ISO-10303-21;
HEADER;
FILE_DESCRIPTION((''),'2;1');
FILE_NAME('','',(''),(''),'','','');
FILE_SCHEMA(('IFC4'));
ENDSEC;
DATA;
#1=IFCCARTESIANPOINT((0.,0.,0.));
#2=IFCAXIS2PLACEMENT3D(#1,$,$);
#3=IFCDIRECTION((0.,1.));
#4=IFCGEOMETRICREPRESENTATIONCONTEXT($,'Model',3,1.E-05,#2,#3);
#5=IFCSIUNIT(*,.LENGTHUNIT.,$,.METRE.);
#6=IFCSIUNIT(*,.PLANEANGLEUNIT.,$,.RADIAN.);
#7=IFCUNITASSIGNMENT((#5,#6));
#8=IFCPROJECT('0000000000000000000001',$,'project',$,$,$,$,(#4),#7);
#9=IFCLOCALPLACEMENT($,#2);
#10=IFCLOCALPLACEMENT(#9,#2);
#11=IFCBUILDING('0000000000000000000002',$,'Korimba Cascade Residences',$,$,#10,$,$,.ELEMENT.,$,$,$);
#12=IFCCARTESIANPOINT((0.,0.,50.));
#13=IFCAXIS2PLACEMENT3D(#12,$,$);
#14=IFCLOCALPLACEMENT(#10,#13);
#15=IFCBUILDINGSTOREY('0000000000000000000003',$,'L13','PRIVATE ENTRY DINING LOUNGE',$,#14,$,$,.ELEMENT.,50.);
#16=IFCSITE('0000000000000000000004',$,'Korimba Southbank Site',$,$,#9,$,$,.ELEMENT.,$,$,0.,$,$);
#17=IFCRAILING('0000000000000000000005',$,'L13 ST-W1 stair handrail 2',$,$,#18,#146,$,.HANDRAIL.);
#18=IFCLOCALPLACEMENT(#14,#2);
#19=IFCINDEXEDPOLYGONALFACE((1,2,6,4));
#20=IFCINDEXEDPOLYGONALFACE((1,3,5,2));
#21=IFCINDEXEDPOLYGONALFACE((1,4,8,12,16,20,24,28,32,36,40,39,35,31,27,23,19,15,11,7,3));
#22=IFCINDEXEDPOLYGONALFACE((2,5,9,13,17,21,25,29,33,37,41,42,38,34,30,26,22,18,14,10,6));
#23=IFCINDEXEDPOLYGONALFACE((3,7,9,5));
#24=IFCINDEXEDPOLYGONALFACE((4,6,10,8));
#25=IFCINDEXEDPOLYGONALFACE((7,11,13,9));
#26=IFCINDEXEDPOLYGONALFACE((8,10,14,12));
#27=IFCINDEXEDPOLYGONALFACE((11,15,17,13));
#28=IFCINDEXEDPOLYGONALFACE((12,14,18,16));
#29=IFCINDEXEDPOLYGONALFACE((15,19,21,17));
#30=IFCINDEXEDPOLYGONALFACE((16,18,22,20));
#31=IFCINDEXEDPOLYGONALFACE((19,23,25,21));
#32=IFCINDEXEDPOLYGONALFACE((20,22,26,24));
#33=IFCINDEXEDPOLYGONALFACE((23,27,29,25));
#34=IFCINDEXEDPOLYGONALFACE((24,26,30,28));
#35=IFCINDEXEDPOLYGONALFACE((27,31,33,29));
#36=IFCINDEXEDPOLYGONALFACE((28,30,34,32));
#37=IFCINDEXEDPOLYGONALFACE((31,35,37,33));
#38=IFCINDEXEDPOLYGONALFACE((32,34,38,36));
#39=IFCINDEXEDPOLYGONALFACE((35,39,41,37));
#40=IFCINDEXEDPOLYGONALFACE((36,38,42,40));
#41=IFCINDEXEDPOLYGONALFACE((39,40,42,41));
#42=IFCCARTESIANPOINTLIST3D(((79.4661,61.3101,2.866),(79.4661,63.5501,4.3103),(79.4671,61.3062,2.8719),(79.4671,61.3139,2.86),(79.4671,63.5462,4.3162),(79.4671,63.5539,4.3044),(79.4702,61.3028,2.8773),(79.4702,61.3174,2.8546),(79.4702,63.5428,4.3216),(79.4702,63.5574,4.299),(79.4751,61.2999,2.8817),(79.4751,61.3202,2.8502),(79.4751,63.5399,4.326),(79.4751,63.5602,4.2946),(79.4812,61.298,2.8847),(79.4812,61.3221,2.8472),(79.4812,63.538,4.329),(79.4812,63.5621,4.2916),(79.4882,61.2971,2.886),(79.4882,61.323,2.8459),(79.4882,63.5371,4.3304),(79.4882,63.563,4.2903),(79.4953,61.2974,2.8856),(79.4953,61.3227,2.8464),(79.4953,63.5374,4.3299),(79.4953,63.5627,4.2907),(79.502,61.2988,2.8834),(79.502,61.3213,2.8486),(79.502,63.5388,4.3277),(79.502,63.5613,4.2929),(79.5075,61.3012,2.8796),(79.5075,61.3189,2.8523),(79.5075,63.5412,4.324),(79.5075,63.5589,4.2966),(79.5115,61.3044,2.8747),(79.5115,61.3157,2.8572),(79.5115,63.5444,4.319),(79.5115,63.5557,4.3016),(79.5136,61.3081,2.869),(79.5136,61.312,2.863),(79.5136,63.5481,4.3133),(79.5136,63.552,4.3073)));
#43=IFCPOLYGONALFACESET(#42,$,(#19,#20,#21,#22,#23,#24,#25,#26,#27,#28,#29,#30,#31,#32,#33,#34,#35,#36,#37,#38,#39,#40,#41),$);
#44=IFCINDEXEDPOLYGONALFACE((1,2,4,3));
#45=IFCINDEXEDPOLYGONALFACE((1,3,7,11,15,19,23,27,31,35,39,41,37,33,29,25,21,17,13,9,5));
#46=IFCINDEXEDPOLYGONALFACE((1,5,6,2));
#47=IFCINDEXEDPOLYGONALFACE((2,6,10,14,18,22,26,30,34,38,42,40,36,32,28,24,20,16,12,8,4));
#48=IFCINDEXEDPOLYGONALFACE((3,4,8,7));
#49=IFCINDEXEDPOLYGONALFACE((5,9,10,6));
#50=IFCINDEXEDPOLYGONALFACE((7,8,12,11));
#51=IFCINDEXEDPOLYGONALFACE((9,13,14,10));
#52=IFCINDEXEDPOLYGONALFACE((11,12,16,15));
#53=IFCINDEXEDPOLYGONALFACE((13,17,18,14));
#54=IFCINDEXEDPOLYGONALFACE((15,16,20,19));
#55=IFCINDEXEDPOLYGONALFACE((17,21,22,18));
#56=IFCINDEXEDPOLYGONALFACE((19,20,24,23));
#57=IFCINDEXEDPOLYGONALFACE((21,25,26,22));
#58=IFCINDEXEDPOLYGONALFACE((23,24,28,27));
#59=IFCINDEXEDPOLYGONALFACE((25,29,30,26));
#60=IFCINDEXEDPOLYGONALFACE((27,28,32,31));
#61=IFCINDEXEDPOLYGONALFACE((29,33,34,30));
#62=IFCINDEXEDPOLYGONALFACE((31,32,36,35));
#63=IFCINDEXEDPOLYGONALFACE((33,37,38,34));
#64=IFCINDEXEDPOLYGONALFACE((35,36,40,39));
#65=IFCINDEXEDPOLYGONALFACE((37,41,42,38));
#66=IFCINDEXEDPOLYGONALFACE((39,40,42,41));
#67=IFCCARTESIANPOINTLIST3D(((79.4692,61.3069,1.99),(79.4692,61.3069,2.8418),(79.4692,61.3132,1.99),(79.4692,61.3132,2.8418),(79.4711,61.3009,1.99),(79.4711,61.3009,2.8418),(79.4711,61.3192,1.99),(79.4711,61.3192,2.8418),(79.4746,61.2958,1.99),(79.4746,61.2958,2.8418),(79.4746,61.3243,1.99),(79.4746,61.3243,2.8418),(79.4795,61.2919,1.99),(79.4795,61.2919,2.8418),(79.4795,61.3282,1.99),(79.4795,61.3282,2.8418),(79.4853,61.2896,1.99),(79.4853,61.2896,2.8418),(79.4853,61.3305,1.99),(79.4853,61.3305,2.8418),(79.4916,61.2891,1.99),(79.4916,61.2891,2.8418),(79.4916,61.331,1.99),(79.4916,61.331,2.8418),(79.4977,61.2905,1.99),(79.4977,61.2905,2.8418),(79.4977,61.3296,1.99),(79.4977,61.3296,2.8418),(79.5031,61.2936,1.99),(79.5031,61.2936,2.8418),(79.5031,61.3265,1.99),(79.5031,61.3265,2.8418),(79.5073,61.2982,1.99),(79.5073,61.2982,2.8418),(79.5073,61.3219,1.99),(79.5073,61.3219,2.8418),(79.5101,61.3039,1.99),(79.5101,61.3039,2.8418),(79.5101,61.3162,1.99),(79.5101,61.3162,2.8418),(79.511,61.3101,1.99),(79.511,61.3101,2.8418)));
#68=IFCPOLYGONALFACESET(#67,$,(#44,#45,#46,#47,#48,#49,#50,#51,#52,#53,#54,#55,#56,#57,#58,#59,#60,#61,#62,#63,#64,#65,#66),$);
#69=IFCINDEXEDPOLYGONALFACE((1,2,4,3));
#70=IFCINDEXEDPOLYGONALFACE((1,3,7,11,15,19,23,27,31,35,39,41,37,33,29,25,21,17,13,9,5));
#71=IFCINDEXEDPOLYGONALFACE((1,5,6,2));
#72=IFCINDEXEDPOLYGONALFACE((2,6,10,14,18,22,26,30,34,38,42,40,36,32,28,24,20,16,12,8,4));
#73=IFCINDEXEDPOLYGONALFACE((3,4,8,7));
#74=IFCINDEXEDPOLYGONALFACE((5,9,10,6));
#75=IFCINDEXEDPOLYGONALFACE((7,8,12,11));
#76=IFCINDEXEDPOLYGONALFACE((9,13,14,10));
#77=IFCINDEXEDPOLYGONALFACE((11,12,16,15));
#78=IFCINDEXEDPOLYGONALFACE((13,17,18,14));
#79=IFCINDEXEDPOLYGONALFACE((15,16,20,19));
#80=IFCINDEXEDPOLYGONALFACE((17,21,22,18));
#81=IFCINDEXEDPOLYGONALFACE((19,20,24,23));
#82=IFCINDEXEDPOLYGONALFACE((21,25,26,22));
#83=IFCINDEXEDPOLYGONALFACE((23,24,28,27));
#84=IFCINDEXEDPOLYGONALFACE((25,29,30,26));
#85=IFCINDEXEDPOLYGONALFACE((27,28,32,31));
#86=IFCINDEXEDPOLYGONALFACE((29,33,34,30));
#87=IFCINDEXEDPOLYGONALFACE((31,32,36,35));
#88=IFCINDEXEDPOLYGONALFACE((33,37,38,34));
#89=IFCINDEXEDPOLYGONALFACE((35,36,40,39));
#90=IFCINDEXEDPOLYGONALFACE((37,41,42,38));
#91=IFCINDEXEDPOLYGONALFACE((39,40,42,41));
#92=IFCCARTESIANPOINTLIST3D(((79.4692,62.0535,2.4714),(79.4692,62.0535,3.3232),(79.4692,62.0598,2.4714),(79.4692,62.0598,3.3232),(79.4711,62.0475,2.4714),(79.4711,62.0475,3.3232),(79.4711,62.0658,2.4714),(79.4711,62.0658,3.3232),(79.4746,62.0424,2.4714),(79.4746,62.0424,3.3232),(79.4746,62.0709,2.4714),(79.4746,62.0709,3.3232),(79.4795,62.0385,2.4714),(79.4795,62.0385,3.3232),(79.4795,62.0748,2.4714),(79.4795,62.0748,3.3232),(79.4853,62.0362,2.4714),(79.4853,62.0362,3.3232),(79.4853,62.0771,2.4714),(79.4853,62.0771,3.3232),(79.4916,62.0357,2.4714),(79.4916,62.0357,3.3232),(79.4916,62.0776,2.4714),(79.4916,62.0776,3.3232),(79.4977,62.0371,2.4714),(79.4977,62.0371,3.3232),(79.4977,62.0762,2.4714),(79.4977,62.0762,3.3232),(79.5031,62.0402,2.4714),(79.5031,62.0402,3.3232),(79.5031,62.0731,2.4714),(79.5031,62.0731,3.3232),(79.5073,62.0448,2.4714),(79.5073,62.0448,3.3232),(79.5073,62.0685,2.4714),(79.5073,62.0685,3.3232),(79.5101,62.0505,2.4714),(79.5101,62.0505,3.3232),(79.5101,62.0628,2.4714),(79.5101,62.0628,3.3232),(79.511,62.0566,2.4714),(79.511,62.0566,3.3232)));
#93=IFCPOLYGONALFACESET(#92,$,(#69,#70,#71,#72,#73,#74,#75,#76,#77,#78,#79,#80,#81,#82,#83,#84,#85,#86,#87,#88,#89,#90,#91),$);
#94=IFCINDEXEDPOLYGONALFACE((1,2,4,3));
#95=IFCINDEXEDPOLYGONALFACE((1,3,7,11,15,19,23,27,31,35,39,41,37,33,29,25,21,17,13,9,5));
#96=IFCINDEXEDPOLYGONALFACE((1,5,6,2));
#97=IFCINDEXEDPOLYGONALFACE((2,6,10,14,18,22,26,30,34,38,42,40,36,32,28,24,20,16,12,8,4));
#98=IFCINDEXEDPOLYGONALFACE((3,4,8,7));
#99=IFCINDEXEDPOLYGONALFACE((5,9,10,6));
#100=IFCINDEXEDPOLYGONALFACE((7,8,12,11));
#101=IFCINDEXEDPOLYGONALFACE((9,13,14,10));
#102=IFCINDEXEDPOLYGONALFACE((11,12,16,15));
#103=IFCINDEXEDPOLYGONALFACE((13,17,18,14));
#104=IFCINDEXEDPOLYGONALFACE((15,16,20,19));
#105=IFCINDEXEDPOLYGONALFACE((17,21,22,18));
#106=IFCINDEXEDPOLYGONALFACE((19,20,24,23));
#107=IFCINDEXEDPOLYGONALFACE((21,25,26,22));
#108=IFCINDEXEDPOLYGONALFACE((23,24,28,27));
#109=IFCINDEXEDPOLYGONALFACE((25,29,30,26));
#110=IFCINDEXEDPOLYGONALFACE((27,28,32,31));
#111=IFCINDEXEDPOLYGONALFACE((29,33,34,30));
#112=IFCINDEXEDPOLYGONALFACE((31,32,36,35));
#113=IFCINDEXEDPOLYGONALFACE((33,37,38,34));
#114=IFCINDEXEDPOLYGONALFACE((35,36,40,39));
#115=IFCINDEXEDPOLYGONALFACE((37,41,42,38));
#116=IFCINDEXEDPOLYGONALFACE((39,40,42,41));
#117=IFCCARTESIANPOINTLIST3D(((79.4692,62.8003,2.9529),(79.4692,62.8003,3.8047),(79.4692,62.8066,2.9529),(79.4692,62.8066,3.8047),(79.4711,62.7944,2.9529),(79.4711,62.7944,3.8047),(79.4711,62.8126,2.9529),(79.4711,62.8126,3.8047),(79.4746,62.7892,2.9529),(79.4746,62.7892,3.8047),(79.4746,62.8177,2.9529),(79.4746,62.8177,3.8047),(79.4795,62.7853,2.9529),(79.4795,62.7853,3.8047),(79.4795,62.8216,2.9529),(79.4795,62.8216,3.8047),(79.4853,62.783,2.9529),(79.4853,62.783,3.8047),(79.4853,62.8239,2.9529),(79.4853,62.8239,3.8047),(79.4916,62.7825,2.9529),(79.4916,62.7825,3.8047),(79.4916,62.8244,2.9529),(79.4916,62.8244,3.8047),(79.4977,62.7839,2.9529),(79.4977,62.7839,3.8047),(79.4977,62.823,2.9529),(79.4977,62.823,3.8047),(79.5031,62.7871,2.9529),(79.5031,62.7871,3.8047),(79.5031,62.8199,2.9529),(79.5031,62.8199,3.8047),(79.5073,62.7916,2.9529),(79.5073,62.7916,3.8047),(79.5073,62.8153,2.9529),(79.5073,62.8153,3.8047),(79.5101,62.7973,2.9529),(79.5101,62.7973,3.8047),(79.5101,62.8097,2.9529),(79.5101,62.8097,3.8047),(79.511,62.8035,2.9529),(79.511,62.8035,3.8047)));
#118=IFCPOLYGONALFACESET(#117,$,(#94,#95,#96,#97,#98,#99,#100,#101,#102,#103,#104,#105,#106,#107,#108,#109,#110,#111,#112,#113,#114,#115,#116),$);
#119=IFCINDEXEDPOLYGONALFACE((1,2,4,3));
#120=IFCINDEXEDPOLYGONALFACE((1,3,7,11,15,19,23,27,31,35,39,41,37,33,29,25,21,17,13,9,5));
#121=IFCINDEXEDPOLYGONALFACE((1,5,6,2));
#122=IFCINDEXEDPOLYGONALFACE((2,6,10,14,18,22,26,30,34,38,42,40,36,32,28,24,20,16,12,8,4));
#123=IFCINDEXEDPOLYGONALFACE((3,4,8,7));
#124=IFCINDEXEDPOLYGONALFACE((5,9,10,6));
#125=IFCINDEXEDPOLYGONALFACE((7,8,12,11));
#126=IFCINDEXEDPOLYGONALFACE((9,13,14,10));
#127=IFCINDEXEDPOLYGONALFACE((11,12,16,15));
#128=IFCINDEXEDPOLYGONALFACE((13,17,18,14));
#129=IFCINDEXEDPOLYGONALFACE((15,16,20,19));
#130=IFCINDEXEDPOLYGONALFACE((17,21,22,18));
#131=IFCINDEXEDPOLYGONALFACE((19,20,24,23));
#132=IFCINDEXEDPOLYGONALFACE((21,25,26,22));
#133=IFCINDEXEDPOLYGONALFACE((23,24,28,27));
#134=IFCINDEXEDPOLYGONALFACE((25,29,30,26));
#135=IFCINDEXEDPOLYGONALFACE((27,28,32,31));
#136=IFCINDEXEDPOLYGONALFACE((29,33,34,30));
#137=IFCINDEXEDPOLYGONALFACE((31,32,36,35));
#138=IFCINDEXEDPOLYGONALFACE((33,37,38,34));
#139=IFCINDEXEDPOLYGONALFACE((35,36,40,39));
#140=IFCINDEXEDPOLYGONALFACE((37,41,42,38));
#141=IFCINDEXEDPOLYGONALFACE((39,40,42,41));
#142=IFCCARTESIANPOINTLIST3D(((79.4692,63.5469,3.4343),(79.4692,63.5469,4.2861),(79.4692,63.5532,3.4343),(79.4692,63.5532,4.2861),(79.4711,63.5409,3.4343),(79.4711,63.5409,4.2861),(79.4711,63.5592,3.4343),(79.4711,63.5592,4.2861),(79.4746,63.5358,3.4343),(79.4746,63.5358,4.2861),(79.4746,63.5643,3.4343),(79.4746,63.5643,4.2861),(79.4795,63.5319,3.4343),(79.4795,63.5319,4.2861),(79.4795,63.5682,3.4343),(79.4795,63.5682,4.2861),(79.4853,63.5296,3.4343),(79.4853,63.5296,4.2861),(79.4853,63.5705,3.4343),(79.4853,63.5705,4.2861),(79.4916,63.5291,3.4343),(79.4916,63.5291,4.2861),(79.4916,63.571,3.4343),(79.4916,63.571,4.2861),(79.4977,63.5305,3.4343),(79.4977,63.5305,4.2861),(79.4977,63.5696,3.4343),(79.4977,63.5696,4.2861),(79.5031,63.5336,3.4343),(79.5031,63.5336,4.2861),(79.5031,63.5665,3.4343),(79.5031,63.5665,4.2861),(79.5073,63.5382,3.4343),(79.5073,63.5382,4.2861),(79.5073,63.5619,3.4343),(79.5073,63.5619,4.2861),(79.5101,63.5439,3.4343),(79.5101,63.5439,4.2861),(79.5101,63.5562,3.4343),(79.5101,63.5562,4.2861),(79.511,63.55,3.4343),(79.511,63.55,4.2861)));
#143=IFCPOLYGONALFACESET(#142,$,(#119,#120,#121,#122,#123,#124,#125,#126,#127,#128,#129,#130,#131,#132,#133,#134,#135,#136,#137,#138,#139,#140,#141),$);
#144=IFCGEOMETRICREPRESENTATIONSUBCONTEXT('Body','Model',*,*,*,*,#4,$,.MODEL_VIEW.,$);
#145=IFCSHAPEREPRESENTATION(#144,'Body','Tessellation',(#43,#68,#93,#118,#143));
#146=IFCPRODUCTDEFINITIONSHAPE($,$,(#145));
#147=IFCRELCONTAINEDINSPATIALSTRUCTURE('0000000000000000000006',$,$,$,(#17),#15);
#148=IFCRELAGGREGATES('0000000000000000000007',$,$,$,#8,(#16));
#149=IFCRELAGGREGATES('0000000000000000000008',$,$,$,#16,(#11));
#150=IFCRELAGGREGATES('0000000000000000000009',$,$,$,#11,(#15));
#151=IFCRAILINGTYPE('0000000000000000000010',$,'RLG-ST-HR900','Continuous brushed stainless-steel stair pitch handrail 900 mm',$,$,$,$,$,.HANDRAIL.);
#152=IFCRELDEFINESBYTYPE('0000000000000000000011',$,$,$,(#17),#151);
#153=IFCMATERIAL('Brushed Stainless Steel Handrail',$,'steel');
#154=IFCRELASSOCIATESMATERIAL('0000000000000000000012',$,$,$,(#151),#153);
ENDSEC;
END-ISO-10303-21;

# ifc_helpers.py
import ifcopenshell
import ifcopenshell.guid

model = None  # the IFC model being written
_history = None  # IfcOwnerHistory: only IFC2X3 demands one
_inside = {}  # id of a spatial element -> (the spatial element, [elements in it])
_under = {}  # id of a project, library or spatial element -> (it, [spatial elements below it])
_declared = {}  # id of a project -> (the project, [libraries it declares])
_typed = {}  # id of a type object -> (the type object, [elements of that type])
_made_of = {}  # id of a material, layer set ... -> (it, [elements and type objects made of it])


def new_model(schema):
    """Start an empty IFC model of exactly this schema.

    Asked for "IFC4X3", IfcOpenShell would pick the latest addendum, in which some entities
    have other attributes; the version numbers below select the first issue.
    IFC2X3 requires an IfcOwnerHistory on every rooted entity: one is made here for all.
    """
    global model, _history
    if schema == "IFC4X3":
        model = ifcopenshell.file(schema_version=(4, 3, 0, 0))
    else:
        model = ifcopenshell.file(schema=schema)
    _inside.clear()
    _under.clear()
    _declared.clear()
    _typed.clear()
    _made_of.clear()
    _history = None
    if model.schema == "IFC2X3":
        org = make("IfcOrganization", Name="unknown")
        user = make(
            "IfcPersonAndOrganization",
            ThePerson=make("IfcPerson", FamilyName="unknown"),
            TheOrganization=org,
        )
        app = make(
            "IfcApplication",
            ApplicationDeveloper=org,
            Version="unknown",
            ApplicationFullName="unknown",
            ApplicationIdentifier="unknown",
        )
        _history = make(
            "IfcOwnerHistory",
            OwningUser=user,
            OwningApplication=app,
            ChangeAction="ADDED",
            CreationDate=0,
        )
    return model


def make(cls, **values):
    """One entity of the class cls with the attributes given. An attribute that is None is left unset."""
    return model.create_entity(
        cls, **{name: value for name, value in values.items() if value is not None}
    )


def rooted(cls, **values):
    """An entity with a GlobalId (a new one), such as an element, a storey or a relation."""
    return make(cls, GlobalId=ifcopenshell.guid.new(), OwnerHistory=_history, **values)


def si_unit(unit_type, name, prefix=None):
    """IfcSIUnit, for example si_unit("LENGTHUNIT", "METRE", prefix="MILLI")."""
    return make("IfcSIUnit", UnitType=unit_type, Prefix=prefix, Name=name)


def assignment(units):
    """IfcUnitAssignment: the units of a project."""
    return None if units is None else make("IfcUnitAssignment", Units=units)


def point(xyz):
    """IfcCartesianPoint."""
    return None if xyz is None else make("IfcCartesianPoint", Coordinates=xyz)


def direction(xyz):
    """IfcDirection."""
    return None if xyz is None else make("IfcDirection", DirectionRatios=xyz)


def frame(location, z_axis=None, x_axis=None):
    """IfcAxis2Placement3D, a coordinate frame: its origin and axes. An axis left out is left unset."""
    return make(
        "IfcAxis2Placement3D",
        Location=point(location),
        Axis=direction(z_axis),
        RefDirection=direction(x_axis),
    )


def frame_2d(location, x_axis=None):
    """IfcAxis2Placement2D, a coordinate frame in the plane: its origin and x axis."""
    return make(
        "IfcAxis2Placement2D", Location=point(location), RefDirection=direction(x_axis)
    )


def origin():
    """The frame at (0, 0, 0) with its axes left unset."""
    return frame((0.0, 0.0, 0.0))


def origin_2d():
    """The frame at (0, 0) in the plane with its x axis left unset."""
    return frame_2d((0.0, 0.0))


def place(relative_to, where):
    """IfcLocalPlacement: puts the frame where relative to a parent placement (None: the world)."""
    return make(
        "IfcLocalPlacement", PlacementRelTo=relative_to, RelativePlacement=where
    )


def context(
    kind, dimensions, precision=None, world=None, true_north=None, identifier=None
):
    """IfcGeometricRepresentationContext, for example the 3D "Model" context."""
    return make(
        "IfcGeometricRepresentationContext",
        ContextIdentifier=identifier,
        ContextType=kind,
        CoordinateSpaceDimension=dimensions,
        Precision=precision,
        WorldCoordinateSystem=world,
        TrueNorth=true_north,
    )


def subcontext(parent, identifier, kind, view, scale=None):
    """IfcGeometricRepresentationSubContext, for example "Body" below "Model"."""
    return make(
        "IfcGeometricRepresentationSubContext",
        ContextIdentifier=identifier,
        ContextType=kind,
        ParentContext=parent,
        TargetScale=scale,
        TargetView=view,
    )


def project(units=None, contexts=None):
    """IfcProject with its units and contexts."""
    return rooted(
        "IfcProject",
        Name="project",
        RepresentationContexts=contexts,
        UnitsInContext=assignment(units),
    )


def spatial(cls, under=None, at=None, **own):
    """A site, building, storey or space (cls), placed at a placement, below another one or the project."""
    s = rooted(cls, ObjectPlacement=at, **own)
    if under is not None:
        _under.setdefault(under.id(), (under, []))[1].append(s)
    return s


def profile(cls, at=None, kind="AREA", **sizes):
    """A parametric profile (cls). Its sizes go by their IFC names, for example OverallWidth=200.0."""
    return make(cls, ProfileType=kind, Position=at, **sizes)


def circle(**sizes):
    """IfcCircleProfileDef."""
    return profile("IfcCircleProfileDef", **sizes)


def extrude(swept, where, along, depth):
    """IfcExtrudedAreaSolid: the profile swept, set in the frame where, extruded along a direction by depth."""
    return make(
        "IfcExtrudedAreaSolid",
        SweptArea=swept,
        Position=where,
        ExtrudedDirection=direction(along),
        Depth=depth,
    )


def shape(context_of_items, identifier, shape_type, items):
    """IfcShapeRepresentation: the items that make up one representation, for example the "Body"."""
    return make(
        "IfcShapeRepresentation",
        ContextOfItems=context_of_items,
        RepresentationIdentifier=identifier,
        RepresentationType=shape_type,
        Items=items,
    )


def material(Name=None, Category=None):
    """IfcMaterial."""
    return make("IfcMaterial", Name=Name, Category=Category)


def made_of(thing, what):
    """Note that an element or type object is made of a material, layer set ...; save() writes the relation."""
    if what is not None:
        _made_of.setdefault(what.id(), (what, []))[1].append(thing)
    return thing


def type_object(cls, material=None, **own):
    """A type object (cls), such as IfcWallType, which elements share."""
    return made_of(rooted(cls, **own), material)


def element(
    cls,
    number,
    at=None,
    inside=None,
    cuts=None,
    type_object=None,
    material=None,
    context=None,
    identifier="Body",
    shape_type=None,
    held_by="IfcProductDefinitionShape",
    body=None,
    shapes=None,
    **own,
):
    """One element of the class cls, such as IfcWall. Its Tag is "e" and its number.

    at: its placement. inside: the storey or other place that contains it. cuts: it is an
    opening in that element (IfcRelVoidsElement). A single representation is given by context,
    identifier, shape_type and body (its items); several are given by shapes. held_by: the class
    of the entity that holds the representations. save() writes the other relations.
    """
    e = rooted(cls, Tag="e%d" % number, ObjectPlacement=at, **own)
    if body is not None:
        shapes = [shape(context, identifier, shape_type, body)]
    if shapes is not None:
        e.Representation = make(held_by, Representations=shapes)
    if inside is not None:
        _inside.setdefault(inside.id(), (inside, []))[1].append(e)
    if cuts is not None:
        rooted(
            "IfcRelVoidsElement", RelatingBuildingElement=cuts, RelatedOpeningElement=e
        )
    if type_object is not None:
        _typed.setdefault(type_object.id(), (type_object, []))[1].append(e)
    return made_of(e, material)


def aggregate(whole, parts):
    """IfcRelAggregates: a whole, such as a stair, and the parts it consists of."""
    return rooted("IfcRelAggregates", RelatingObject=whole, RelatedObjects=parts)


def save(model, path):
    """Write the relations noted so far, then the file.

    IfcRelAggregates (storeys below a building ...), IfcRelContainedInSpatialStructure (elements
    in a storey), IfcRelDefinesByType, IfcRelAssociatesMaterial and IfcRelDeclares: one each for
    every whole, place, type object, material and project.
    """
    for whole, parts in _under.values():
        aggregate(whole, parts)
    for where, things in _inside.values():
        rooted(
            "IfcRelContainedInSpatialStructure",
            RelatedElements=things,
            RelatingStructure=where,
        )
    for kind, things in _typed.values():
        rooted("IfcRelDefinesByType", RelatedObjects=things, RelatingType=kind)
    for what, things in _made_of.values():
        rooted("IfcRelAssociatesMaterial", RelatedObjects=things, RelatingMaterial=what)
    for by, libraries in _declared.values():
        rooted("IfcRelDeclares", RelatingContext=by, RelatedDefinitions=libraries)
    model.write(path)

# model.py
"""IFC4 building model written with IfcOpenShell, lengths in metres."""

from ifc_helpers import new_model, si_unit, direction, frame, origin, origin_2d, place, context, subcontext, project, spatial, circle, extrude, material, type_object, element, save


model = new_model("IFC4")

# Units and contexts
model_context = context("Model", 3, precision=1e-05, world=origin(), true_north=direction((0.0, 1.0)))
body_context = subcontext(model_context, "Body", "Model", "MODEL_VIEW")
ifc_project = project(units=[si_unit("LENGTHUNIT", "METRE"), si_unit("PLANEANGLEUNIT", "RADIAN")], contexts=[model_context])

# Site, building, storey
site_placement = place(None, origin())
site = spatial("IfcSite", under=ifc_project, at=site_placement, Name="Korimba Southbank Site", CompositionType="ELEMENT", RefElevation=0.0)
building_placement = place(site_placement, origin())
building = spatial("IfcBuilding", under=site, at=building_placement, Name="Korimba Cascade Residences", CompositionType="ELEMENT")
storey_placement = place(building_placement, frame((0.0, 0.0, 50.0)))
storey = spatial("IfcBuildingStorey", under=building, at=storey_placement, Name="L13", Description="PRIVATE ENTRY DINING LOUNGE", CompositionType="ELEMENT", Elevation=50.0)

# Railing
ifc_material_1 = material(Name="Brushed Stainless Steel Handrail", Category="steel")
railing_type = type_object("IfcRailingType", Name="RLG-ST-HR900", Description="Continuous brushed stainless-steel stair pitch handrail 900 mm", PredefinedType="HANDRAIL", material=ifc_material_1)
railing_placement = place(storey_placement, frame((79.49, 61.3101, 1.99)))
element("IfcRailing", 1, at=railing_placement, inside=storey, type_object=railing_type, Name="L13 ST-W1 stair handrail 2", PredefinedType="HANDRAIL", context=body_context, shape_type="SweptSolid", body=[
    extrude(circle(Radius=0.0239, at=origin_2d()), frame((0.0, 0.0, 0.876), z_axis=(0.0, 0.840437, 0.54191), x_axis=(-1.0, 0.0, 0.0)), (0.0, 0.0, 1.0), 2.6653),
    extrude(circle(Radius=0.021, at=origin_2d()), origin(), (0.0, 0.0, 1.0), 0.8518),
    extrude(circle(Radius=0.021, at=origin_2d()), frame((0.0, 0.7466, 0.4814)), (0.0, 0.0, 1.0), 0.8518),
    extrude(circle(Radius=0.021, at=origin_2d()), frame((0.0, 1.4934, 0.9629)), (0.0, 0.0, 1.0), 0.8518),
    extrude(circle(Radius=0.021, at=origin_2d()), frame((0.0, 2.24, 1.4443)), (0.0, 0.0, 1.0), 0.8518),
])

save(model, "model.ifc")
